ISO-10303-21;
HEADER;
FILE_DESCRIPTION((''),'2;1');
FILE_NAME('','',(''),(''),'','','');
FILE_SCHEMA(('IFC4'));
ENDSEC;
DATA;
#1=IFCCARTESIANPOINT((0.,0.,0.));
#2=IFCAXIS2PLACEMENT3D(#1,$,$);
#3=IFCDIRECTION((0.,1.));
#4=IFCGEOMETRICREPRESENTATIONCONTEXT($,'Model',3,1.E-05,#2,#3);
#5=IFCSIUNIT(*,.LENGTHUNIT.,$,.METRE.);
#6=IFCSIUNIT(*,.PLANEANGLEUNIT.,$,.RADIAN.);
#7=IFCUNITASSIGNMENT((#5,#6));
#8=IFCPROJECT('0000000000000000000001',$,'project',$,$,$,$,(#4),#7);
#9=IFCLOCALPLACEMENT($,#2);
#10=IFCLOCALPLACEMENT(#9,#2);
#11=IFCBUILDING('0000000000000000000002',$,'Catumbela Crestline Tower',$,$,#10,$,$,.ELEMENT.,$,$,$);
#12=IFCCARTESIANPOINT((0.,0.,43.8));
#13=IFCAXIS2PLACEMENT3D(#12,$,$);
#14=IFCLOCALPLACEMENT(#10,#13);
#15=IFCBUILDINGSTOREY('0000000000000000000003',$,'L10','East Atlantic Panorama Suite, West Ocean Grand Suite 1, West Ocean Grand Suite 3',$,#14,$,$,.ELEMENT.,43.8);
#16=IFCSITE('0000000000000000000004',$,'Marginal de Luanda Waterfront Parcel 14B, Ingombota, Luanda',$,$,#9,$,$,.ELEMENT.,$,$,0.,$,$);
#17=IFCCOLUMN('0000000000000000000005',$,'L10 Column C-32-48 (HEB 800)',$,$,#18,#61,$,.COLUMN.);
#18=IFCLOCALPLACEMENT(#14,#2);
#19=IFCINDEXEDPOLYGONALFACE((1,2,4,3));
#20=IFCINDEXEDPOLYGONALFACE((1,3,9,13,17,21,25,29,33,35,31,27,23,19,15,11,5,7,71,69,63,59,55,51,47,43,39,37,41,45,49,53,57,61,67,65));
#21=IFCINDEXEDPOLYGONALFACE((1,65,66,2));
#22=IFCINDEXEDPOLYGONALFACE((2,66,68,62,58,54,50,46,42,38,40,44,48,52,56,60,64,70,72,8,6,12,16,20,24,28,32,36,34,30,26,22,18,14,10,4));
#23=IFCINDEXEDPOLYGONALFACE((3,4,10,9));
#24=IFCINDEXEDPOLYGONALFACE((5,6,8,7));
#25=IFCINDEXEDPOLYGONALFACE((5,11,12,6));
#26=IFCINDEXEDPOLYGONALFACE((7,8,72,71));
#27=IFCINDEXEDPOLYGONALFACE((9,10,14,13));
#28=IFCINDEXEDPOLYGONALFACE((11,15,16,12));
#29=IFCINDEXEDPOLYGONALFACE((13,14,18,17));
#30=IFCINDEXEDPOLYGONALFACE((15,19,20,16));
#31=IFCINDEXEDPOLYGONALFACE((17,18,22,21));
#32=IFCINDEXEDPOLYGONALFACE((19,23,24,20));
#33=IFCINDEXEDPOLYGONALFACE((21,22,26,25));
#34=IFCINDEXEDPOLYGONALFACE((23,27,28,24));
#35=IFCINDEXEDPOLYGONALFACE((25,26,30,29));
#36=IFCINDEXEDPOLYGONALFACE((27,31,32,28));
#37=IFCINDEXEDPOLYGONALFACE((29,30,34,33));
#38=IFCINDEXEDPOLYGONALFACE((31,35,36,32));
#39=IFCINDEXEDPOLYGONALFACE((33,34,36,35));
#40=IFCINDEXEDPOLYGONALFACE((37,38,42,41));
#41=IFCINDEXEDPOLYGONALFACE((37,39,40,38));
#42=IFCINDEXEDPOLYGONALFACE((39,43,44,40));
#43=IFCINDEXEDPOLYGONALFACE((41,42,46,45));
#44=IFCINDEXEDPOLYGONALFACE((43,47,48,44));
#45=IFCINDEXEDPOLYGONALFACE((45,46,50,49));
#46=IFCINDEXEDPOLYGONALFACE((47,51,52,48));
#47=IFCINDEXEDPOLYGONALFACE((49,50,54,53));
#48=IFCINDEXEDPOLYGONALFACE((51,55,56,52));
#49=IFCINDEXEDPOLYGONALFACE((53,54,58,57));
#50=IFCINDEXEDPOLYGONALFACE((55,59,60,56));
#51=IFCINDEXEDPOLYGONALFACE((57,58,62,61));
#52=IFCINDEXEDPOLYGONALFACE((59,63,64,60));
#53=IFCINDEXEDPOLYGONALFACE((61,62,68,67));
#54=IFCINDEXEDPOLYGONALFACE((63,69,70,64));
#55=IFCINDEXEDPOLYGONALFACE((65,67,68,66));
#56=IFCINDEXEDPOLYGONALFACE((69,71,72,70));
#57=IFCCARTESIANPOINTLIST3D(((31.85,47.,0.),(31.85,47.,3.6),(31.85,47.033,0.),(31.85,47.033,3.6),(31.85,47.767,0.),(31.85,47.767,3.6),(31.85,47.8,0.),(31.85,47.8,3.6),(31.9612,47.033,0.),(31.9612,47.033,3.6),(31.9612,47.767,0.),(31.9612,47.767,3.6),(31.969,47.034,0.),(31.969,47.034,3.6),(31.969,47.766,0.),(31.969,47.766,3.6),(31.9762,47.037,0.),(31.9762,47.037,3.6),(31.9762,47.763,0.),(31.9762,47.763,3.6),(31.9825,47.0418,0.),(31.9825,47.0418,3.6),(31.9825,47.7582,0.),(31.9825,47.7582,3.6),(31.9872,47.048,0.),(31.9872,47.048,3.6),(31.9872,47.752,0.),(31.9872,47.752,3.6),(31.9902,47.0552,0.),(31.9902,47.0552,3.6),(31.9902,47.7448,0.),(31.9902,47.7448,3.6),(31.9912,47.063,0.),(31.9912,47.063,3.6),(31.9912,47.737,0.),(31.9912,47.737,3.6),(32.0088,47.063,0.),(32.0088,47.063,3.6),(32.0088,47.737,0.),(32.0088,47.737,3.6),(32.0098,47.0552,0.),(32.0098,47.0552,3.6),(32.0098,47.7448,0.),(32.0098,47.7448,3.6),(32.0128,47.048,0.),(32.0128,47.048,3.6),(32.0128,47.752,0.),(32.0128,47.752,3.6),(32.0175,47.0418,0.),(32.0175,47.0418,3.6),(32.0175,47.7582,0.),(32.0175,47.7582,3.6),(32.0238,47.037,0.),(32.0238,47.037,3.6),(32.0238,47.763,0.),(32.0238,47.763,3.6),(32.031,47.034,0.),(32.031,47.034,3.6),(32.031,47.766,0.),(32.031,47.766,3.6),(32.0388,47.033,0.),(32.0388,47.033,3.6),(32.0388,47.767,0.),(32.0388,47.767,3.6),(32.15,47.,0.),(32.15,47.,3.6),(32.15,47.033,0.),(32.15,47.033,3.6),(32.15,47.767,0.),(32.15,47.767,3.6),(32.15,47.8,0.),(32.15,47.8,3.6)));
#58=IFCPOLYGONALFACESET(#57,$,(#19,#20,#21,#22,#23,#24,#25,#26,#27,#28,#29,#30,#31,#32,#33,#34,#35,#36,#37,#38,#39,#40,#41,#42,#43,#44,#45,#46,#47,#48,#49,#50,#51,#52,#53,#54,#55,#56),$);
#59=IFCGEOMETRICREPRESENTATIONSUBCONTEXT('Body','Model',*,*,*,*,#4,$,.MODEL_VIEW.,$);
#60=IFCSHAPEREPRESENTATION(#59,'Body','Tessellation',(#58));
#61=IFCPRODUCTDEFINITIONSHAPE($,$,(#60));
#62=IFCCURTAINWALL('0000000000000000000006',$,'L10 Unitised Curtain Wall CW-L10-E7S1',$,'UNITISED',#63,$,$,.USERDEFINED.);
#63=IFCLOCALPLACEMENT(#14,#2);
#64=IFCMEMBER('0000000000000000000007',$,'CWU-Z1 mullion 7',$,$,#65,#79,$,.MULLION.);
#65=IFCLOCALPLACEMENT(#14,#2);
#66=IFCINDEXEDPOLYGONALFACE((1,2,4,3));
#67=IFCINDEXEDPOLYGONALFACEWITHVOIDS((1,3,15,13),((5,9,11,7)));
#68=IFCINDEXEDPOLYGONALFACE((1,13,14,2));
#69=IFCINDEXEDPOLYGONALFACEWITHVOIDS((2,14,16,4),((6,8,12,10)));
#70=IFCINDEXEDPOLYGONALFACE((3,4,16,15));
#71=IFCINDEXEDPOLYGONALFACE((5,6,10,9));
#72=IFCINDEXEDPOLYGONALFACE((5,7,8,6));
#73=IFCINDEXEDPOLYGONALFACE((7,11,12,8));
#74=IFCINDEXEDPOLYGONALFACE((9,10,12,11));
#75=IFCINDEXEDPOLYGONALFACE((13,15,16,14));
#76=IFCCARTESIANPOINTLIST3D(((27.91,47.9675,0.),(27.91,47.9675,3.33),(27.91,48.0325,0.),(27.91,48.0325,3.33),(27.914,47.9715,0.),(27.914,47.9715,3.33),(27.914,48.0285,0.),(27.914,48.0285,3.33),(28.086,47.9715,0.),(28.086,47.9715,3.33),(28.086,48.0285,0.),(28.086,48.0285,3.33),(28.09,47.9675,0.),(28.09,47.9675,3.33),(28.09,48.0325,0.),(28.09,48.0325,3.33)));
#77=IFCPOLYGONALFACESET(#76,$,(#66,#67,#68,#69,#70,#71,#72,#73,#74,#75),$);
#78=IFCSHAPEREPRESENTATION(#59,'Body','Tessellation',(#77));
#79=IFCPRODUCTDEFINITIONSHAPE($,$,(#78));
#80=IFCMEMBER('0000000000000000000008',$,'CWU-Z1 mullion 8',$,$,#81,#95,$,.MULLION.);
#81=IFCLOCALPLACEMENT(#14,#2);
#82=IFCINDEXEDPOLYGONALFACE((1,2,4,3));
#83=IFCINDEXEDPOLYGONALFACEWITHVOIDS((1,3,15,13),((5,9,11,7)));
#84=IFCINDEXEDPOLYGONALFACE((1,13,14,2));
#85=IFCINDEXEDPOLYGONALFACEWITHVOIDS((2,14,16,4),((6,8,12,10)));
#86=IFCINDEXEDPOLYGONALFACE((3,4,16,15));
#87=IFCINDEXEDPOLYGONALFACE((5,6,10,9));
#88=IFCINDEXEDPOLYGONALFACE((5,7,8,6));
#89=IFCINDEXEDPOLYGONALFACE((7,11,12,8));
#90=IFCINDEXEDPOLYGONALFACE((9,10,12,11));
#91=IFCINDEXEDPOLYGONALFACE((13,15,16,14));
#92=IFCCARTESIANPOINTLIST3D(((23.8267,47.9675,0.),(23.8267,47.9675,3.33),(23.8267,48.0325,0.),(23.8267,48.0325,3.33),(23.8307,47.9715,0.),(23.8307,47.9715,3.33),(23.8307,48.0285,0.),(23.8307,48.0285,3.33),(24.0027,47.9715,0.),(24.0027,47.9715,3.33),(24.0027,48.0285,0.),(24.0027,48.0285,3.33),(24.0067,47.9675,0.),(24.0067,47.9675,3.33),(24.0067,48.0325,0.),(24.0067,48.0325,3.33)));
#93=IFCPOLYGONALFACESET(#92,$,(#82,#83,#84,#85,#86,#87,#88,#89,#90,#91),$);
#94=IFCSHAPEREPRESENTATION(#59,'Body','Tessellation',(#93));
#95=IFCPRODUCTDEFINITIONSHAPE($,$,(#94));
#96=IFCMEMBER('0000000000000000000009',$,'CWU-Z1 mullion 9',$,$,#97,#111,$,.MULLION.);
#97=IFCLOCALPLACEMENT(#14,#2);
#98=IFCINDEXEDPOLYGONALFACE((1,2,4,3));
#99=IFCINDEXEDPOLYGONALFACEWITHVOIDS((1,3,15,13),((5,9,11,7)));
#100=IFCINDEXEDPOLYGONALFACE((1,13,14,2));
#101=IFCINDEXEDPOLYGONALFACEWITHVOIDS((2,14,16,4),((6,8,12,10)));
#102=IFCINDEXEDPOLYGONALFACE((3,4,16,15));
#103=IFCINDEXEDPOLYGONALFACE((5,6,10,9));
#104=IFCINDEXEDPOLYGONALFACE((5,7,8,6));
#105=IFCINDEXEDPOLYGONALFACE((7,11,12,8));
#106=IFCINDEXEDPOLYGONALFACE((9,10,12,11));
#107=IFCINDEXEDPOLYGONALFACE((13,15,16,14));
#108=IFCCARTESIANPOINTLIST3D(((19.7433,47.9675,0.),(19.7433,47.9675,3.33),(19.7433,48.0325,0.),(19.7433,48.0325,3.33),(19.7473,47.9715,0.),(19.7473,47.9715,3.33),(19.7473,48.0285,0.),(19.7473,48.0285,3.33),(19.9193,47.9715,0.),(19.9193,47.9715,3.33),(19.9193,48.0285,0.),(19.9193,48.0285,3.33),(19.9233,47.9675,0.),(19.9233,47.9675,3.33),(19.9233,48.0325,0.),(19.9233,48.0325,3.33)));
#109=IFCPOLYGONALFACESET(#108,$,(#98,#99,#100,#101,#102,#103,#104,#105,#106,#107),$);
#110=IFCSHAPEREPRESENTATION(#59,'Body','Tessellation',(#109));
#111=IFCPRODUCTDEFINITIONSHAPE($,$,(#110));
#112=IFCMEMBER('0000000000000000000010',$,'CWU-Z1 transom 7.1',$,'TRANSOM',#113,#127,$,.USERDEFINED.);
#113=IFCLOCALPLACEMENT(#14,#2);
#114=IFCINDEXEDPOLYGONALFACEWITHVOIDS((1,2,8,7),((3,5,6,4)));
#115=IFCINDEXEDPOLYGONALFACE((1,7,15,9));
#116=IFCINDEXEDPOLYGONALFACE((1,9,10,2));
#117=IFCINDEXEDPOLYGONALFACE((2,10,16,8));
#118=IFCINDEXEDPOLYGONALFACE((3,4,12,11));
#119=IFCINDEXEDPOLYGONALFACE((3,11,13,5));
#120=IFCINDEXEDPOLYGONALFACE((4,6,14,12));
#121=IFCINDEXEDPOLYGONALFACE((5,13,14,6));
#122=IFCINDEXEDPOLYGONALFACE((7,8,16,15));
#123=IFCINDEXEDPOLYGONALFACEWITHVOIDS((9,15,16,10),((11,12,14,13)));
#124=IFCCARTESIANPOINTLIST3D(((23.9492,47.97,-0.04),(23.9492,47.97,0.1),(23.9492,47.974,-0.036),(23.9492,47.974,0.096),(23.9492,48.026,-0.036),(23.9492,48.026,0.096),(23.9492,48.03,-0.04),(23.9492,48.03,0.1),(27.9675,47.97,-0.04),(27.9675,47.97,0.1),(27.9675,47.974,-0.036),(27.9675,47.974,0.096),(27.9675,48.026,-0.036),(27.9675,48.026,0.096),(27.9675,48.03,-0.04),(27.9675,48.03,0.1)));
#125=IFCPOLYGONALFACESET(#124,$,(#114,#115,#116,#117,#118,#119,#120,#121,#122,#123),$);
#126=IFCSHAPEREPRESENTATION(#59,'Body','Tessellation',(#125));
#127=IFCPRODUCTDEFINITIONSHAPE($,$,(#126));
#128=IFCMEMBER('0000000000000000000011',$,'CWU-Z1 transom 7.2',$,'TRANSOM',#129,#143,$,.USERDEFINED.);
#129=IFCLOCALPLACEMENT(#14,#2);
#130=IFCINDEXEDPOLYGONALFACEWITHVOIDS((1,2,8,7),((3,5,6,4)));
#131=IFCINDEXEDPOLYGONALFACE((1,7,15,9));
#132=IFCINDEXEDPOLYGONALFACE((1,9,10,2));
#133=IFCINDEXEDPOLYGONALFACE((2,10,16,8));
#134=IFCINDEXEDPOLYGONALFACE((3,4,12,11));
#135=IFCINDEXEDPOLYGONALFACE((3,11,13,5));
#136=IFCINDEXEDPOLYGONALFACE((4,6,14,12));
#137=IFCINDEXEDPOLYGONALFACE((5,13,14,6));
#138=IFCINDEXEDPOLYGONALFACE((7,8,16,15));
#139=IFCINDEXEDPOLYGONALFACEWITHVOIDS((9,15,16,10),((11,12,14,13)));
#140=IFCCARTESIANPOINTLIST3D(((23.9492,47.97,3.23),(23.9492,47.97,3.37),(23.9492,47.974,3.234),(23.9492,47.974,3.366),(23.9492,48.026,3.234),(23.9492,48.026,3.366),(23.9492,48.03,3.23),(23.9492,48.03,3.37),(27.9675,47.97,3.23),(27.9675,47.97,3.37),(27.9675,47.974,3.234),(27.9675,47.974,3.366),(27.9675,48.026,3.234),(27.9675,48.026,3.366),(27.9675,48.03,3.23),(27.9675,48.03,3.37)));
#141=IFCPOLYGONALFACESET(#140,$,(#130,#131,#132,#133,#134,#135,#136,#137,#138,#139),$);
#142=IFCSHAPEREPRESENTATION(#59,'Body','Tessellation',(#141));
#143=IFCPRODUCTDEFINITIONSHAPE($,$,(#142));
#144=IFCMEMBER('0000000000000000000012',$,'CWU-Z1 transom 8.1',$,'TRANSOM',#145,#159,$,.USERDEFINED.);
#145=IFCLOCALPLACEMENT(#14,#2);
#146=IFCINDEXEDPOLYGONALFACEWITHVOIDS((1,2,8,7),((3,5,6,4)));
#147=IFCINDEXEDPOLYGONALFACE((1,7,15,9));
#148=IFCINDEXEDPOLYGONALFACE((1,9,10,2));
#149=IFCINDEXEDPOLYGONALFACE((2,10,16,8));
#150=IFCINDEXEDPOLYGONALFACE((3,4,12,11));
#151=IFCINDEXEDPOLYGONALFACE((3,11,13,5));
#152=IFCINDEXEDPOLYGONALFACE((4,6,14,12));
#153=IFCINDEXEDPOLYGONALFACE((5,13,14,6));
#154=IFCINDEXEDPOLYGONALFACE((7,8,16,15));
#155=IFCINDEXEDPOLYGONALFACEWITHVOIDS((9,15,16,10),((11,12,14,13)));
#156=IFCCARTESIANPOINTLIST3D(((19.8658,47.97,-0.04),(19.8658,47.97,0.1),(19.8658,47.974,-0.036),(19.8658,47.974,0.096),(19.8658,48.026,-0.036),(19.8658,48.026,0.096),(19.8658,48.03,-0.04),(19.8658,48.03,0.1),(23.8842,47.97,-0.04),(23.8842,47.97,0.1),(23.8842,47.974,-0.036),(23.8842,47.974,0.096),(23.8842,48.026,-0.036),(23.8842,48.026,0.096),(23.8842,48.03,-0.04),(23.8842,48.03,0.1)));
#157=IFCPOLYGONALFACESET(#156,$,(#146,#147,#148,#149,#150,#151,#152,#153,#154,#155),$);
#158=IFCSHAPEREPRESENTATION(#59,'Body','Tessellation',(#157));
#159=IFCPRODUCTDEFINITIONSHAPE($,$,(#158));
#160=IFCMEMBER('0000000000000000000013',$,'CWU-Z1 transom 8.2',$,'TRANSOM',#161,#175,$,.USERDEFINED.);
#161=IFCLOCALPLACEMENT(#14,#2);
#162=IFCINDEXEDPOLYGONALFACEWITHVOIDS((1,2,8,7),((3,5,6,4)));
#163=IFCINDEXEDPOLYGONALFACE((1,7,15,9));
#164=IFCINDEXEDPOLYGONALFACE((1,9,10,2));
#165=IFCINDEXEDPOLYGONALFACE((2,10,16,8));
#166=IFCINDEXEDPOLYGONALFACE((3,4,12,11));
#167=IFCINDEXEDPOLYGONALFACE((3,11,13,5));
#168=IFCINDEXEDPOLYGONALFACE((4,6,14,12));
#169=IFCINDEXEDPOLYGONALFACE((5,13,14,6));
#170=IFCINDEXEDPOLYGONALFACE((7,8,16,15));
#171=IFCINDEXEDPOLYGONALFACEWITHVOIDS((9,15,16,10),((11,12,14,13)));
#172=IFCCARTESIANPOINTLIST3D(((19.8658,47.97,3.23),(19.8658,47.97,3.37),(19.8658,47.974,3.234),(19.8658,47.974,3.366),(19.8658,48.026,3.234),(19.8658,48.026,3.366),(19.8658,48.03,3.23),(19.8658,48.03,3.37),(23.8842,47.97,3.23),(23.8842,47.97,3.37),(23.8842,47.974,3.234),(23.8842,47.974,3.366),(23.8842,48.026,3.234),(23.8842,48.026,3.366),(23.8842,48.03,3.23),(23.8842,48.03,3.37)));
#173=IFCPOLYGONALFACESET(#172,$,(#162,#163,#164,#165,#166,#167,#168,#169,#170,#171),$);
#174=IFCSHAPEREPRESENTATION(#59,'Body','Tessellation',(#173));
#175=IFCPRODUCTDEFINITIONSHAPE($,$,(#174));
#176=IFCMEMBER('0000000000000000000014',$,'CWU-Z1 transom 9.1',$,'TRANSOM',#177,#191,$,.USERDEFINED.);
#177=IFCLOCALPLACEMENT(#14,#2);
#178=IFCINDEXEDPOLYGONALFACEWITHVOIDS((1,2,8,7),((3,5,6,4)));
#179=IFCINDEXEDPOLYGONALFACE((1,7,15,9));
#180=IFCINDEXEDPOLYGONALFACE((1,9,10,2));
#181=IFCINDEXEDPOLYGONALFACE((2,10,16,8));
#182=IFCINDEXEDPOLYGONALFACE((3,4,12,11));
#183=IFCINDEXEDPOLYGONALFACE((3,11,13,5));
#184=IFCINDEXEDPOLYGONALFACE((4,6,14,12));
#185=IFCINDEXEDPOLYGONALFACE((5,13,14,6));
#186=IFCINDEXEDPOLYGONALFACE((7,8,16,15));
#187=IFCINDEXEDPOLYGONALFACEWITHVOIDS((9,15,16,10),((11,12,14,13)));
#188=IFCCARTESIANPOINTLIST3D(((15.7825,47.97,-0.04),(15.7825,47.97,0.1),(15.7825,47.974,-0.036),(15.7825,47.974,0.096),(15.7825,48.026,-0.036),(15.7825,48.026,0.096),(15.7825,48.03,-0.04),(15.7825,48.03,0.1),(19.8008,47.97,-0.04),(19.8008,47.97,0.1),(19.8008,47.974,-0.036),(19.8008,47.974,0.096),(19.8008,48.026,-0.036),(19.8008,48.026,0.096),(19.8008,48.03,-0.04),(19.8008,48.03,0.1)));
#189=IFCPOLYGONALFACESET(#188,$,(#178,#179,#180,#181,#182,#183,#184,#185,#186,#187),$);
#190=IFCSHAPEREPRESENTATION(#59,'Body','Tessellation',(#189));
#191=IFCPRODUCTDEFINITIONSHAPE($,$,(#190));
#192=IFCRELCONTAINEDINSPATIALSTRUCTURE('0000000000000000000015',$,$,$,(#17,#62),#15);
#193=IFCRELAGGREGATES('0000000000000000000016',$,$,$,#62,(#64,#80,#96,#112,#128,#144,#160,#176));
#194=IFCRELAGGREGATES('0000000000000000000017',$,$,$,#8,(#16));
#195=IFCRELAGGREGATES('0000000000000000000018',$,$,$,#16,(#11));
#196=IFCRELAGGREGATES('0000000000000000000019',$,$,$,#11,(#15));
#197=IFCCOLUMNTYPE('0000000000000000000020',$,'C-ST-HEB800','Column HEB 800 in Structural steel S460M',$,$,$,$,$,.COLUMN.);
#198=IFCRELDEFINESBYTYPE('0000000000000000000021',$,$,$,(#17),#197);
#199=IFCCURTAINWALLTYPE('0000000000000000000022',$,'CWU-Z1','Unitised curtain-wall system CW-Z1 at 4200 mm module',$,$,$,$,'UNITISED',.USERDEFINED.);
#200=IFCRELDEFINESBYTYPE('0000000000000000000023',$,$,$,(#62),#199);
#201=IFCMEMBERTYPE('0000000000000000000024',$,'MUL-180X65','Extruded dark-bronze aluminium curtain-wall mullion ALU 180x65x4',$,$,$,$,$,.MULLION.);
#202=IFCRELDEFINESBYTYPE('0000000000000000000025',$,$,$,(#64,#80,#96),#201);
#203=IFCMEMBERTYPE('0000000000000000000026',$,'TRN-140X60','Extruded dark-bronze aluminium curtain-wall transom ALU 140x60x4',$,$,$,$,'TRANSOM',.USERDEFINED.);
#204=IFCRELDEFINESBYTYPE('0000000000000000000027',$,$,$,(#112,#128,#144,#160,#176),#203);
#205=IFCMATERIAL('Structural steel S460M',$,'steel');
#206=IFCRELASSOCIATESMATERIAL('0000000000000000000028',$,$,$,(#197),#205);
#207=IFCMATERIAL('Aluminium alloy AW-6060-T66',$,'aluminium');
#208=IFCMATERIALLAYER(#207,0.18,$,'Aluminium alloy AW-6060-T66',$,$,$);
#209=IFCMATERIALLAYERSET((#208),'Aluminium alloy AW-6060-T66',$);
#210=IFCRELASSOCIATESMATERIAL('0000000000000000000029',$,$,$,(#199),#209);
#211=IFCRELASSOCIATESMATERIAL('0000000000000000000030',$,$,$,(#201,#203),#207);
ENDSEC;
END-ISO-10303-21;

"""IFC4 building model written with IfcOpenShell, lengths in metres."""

from ifc_helpers import new_model, si_unit, direction, frame, origin, origin_2d, place, context, subcontext, project, spatial, hollow_rectangle, i_section, extrude, material, layer, layer_set, material_profile, profile_set, type_object, element, aggregate, save


model = new_model("IFC4")

# Units and contexts
model_context = context("Model", 3, precision=1e-05, world=origin(), true_north=direction((0.0, 1.0)))
body_context = subcontext(model_context, "Body", "Model", "MODEL_VIEW")
ifc_project = project(units=[si_unit("LENGTHUNIT", "METRE"), si_unit("PLANEANGLEUNIT", "RADIAN")], contexts=[model_context])

# Site, building, storey
site_placement = place(None, origin())
site = spatial("IfcSite", under=ifc_project, at=site_placement, Name="Marginal de Luanda Waterfront Parcel 14B, Ingombota, Luanda", CompositionType="ELEMENT", RefElevation=0.0)
building_placement = place(site_placement, origin())
building = spatial("IfcBuilding", under=site, at=building_placement, Name="Catumbela Crestline Tower", CompositionType="ELEMENT")
storey_placement = place(building_placement, frame((0.0, 0.0, 43.8)))
storey = spatial("IfcBuildingStorey", under=building, at=storey_placement, Name="L10", Description="East Atlantic Panorama Suite, West Ocean Grand Suite 1, West Ocean Grand Suite 3", CompositionType="ELEMENT", Elevation=43.8)

# Column
ifc_material_1 = material(Name="Structural steel S460M", Category="steel")
ifc_material_profile_1 = material_profile(ifc_material_1, i_section(OverallWidth=0.3, OverallDepth=0.8, WebThickness=0.0175, FlangeThickness=0.033, FilletRadius=0.03, at=origin_2d()), Name="HEB 800")
ifc_profile_set_1 = profile_set([ifc_material_profile_1], Name="Structural steel S460M")
column_type = type_object("IfcColumnType", Name="C-ST-HEB800", Description="Column HEB 800 in Structural steel S460M", PredefinedType="COLUMN", material=ifc_profile_set_1)
column_placement = place(storey_placement, frame((32.0, 47.4, 0.0), z_axis=(0.0, 0.0, 1.0), x_axis=(1.0, 0.0, 0.0)))
element("IfcColumn", 1, at=column_placement, inside=storey, type_object=column_type, Name="L10 Column C-32-48 (HEB 800)", PredefinedType="COLUMN", context=body_context, shape_type="SweptSolid", body=[
    extrude(i_section(OverallWidth=0.3, OverallDepth=0.8, WebThickness=0.0175, FlangeThickness=0.033, FilletRadius=0.03, at=origin_2d()), origin(), (0.0, 0.0, 1.0), 3.6),
])

# Curtain wall, members
ifc_material_2 = material(Name="Aluminium alloy AW-6060-T66", Category="aluminium")
ifc_layer_1 = layer(ifc_material_2, 0.18, Name="Aluminium alloy AW-6060-T66")
ifc_layer_set_1 = layer_set([ifc_layer_1], Name="Aluminium alloy AW-6060-T66")
curtain_wall_type = type_object("IfcCurtainWallType", Name="CWU-Z1", Description="Unitised curtain-wall system CW-Z1 at 4200 mm module", ElementType="UNITISED", PredefinedType="USERDEFINED", material=ifc_layer_set_1)
curtain_wall_placement = place(storey_placement, origin())
curtain_wall = element("IfcCurtainWall", 2, at=curtain_wall_placement, inside=storey, type_object=curtain_wall_type, Name="L10 Unitised Curtain Wall CW-L10-E7S1", ObjectType="UNITISED", PredefinedType="USERDEFINED")
ifc_material_profile_2 = material_profile(ifc_material_2, hollow_rectangle(XDim=0.065, YDim=0.18, WallThickness=0.004, at=origin_2d()), Name="ALU 180x65x4")
ifc_profile_set_2 = profile_set([ifc_material_profile_2], Name="Aluminium alloy AW-6060-T66")
member_type_1 = type_object("IfcMemberType", Name="MUL-180X65", Description="Extruded dark-bronze aluminium curtain-wall mullion ALU 180x65x4", PredefinedType="MULLION", material=ifc_profile_set_2)
member_1_placement = place(storey_placement, frame((28.0, 48.0, 0.0), z_axis=(0.0, 0.0, 1.0), x_axis=(0.0, -1.0, 0.0)))
member_1 = element("IfcMember", 3, at=member_1_placement, type_object=member_type_1, Name="CWU-Z1 mullion 7", PredefinedType="MULLION", context=body_context, shape_type="SweptSolid", body=[
    extrude(hollow_rectangle(XDim=0.065, YDim=0.18, WallThickness=0.004, at=origin_2d()), origin(), (0.0, 0.0, 1.0), 3.33),
])
member_2_placement = place(storey_placement, frame((23.9167, 48.0, 0.0), z_axis=(0.0, 0.0, 1.0), x_axis=(0.0, -1.0, 0.0)))
member_2 = element("IfcMember", 4, at=member_2_placement, type_object=member_type_1, Name="CWU-Z1 mullion 8", PredefinedType="MULLION", context=body_context, shape_type="SweptSolid", body=[
    extrude(hollow_rectangle(XDim=0.065, YDim=0.18, WallThickness=0.004, at=origin_2d()), origin(), (0.0, 0.0, 1.0), 3.33),
])
member_3_placement = place(storey_placement, frame((19.8333, 48.0, 0.0), z_axis=(0.0, 0.0, 1.0), x_axis=(0.0, -1.0, 0.0)))
member_3 = element("IfcMember", 5, at=member_3_placement, type_object=member_type_1, Name="CWU-Z1 mullion 9", PredefinedType="MULLION", context=body_context, shape_type="SweptSolid", body=[
    extrude(hollow_rectangle(XDim=0.065, YDim=0.18, WallThickness=0.004, at=origin_2d()), origin(), (0.0, 0.0, 1.0), 3.33),
])
ifc_material_profile_3 = material_profile(ifc_material_2, hollow_rectangle(XDim=0.06, YDim=0.14, WallThickness=0.004, at=origin_2d()), Name="ALU 140x60x4")
ifc_profile_set_3 = profile_set([ifc_material_profile_3], Name="Aluminium alloy AW-6060-T66")
member_type_2 = type_object("IfcMemberType", Name="TRN-140X60", Description="Extruded dark-bronze aluminium curtain-wall transom ALU 140x60x4", ElementType="TRANSOM", PredefinedType="USERDEFINED", material=ifc_profile_set_3)
member_4_placement = place(storey_placement, frame((27.9675, 48.0, 0.03), z_axis=(-1.0, 0.0, 0.0), x_axis=(0.0, -1.0, 0.0)))
member_4 = element("IfcMember", 6, at=member_4_placement, type_object=member_type_2, Name="CWU-Z1 transom 7.1", ObjectType="TRANSOM", PredefinedType="USERDEFINED", context=body_context, shape_type="SweptSolid", body=[
    extrude(hollow_rectangle(XDim=0.06, YDim=0.14, WallThickness=0.004, at=origin_2d()), origin(), (0.0, 0.0, 1.0), 4.0183),
])
member_5_placement = place(storey_placement, frame((27.9675, 48.0, 3.3), z_axis=(-1.0, 0.0, 0.0), x_axis=(0.0, -1.0, 0.0)))
member_5 = element("IfcMember", 7, at=member_5_placement, type_object=member_type_2, Name="CWU-Z1 transom 7.2", ObjectType="TRANSOM", PredefinedType="USERDEFINED", context=body_context, shape_type="SweptSolid", body=[
    extrude(hollow_rectangle(XDim=0.06, YDim=0.14, WallThickness=0.004, at=origin_2d()), origin(), (0.0, 0.0, 1.0), 4.0183),
])
member_6_placement = place(storey_placement, frame((23.8842, 48.0, 0.03), z_axis=(-1.0, 0.0, 0.0), x_axis=(0.0, -1.0, 0.0)))
member_6 = element("IfcMember", 8, at=member_6_placement, type_object=member_type_2, Name="CWU-Z1 transom 8.1", ObjectType="TRANSOM", PredefinedType="USERDEFINED", context=body_context, shape_type="SweptSolid", body=[
    extrude(hollow_rectangle(XDim=0.06, YDim=0.14, WallThickness=0.004, at=origin_2d()), origin(), (0.0, 0.0, 1.0), 4.0184),
])
member_7_placement = place(storey_placement, frame((23.8842, 48.0, 3.3), z_axis=(-1.0, 0.0, 0.0), x_axis=(0.0, -1.0, 0.0)))
member_7 = element("IfcMember", 9, at=member_7_placement, type_object=member_type_2, Name="CWU-Z1 transom 8.2", ObjectType="TRANSOM", PredefinedType="USERDEFINED", context=body_context, shape_type="SweptSolid", body=[
    extrude(hollow_rectangle(XDim=0.06, YDim=0.14, WallThickness=0.004, at=origin_2d()), origin(), (0.0, 0.0, 1.0), 4.0184),
])
member_8_placement = place(storey_placement, frame((19.8008, 48.0, 0.03), z_axis=(-1.0, 0.0, 0.0), x_axis=(0.0, -1.0, 0.0)))
member_8 = element("IfcMember", 10, at=member_8_placement, type_object=member_type_2, Name="CWU-Z1 transom 9.1", ObjectType="TRANSOM", PredefinedType="USERDEFINED", context=body_context, shape_type="SweptSolid", body=[
    extrude(hollow_rectangle(XDim=0.06, YDim=0.14, WallThickness=0.004, at=origin_2d()), origin(), (0.0, 0.0, 1.0), 4.0183),
])
aggregate(curtain_wall, [member_1, member_2, member_3, member_4, member_5, member_6, member_7, member_8])

save(model, "model.ifc")
